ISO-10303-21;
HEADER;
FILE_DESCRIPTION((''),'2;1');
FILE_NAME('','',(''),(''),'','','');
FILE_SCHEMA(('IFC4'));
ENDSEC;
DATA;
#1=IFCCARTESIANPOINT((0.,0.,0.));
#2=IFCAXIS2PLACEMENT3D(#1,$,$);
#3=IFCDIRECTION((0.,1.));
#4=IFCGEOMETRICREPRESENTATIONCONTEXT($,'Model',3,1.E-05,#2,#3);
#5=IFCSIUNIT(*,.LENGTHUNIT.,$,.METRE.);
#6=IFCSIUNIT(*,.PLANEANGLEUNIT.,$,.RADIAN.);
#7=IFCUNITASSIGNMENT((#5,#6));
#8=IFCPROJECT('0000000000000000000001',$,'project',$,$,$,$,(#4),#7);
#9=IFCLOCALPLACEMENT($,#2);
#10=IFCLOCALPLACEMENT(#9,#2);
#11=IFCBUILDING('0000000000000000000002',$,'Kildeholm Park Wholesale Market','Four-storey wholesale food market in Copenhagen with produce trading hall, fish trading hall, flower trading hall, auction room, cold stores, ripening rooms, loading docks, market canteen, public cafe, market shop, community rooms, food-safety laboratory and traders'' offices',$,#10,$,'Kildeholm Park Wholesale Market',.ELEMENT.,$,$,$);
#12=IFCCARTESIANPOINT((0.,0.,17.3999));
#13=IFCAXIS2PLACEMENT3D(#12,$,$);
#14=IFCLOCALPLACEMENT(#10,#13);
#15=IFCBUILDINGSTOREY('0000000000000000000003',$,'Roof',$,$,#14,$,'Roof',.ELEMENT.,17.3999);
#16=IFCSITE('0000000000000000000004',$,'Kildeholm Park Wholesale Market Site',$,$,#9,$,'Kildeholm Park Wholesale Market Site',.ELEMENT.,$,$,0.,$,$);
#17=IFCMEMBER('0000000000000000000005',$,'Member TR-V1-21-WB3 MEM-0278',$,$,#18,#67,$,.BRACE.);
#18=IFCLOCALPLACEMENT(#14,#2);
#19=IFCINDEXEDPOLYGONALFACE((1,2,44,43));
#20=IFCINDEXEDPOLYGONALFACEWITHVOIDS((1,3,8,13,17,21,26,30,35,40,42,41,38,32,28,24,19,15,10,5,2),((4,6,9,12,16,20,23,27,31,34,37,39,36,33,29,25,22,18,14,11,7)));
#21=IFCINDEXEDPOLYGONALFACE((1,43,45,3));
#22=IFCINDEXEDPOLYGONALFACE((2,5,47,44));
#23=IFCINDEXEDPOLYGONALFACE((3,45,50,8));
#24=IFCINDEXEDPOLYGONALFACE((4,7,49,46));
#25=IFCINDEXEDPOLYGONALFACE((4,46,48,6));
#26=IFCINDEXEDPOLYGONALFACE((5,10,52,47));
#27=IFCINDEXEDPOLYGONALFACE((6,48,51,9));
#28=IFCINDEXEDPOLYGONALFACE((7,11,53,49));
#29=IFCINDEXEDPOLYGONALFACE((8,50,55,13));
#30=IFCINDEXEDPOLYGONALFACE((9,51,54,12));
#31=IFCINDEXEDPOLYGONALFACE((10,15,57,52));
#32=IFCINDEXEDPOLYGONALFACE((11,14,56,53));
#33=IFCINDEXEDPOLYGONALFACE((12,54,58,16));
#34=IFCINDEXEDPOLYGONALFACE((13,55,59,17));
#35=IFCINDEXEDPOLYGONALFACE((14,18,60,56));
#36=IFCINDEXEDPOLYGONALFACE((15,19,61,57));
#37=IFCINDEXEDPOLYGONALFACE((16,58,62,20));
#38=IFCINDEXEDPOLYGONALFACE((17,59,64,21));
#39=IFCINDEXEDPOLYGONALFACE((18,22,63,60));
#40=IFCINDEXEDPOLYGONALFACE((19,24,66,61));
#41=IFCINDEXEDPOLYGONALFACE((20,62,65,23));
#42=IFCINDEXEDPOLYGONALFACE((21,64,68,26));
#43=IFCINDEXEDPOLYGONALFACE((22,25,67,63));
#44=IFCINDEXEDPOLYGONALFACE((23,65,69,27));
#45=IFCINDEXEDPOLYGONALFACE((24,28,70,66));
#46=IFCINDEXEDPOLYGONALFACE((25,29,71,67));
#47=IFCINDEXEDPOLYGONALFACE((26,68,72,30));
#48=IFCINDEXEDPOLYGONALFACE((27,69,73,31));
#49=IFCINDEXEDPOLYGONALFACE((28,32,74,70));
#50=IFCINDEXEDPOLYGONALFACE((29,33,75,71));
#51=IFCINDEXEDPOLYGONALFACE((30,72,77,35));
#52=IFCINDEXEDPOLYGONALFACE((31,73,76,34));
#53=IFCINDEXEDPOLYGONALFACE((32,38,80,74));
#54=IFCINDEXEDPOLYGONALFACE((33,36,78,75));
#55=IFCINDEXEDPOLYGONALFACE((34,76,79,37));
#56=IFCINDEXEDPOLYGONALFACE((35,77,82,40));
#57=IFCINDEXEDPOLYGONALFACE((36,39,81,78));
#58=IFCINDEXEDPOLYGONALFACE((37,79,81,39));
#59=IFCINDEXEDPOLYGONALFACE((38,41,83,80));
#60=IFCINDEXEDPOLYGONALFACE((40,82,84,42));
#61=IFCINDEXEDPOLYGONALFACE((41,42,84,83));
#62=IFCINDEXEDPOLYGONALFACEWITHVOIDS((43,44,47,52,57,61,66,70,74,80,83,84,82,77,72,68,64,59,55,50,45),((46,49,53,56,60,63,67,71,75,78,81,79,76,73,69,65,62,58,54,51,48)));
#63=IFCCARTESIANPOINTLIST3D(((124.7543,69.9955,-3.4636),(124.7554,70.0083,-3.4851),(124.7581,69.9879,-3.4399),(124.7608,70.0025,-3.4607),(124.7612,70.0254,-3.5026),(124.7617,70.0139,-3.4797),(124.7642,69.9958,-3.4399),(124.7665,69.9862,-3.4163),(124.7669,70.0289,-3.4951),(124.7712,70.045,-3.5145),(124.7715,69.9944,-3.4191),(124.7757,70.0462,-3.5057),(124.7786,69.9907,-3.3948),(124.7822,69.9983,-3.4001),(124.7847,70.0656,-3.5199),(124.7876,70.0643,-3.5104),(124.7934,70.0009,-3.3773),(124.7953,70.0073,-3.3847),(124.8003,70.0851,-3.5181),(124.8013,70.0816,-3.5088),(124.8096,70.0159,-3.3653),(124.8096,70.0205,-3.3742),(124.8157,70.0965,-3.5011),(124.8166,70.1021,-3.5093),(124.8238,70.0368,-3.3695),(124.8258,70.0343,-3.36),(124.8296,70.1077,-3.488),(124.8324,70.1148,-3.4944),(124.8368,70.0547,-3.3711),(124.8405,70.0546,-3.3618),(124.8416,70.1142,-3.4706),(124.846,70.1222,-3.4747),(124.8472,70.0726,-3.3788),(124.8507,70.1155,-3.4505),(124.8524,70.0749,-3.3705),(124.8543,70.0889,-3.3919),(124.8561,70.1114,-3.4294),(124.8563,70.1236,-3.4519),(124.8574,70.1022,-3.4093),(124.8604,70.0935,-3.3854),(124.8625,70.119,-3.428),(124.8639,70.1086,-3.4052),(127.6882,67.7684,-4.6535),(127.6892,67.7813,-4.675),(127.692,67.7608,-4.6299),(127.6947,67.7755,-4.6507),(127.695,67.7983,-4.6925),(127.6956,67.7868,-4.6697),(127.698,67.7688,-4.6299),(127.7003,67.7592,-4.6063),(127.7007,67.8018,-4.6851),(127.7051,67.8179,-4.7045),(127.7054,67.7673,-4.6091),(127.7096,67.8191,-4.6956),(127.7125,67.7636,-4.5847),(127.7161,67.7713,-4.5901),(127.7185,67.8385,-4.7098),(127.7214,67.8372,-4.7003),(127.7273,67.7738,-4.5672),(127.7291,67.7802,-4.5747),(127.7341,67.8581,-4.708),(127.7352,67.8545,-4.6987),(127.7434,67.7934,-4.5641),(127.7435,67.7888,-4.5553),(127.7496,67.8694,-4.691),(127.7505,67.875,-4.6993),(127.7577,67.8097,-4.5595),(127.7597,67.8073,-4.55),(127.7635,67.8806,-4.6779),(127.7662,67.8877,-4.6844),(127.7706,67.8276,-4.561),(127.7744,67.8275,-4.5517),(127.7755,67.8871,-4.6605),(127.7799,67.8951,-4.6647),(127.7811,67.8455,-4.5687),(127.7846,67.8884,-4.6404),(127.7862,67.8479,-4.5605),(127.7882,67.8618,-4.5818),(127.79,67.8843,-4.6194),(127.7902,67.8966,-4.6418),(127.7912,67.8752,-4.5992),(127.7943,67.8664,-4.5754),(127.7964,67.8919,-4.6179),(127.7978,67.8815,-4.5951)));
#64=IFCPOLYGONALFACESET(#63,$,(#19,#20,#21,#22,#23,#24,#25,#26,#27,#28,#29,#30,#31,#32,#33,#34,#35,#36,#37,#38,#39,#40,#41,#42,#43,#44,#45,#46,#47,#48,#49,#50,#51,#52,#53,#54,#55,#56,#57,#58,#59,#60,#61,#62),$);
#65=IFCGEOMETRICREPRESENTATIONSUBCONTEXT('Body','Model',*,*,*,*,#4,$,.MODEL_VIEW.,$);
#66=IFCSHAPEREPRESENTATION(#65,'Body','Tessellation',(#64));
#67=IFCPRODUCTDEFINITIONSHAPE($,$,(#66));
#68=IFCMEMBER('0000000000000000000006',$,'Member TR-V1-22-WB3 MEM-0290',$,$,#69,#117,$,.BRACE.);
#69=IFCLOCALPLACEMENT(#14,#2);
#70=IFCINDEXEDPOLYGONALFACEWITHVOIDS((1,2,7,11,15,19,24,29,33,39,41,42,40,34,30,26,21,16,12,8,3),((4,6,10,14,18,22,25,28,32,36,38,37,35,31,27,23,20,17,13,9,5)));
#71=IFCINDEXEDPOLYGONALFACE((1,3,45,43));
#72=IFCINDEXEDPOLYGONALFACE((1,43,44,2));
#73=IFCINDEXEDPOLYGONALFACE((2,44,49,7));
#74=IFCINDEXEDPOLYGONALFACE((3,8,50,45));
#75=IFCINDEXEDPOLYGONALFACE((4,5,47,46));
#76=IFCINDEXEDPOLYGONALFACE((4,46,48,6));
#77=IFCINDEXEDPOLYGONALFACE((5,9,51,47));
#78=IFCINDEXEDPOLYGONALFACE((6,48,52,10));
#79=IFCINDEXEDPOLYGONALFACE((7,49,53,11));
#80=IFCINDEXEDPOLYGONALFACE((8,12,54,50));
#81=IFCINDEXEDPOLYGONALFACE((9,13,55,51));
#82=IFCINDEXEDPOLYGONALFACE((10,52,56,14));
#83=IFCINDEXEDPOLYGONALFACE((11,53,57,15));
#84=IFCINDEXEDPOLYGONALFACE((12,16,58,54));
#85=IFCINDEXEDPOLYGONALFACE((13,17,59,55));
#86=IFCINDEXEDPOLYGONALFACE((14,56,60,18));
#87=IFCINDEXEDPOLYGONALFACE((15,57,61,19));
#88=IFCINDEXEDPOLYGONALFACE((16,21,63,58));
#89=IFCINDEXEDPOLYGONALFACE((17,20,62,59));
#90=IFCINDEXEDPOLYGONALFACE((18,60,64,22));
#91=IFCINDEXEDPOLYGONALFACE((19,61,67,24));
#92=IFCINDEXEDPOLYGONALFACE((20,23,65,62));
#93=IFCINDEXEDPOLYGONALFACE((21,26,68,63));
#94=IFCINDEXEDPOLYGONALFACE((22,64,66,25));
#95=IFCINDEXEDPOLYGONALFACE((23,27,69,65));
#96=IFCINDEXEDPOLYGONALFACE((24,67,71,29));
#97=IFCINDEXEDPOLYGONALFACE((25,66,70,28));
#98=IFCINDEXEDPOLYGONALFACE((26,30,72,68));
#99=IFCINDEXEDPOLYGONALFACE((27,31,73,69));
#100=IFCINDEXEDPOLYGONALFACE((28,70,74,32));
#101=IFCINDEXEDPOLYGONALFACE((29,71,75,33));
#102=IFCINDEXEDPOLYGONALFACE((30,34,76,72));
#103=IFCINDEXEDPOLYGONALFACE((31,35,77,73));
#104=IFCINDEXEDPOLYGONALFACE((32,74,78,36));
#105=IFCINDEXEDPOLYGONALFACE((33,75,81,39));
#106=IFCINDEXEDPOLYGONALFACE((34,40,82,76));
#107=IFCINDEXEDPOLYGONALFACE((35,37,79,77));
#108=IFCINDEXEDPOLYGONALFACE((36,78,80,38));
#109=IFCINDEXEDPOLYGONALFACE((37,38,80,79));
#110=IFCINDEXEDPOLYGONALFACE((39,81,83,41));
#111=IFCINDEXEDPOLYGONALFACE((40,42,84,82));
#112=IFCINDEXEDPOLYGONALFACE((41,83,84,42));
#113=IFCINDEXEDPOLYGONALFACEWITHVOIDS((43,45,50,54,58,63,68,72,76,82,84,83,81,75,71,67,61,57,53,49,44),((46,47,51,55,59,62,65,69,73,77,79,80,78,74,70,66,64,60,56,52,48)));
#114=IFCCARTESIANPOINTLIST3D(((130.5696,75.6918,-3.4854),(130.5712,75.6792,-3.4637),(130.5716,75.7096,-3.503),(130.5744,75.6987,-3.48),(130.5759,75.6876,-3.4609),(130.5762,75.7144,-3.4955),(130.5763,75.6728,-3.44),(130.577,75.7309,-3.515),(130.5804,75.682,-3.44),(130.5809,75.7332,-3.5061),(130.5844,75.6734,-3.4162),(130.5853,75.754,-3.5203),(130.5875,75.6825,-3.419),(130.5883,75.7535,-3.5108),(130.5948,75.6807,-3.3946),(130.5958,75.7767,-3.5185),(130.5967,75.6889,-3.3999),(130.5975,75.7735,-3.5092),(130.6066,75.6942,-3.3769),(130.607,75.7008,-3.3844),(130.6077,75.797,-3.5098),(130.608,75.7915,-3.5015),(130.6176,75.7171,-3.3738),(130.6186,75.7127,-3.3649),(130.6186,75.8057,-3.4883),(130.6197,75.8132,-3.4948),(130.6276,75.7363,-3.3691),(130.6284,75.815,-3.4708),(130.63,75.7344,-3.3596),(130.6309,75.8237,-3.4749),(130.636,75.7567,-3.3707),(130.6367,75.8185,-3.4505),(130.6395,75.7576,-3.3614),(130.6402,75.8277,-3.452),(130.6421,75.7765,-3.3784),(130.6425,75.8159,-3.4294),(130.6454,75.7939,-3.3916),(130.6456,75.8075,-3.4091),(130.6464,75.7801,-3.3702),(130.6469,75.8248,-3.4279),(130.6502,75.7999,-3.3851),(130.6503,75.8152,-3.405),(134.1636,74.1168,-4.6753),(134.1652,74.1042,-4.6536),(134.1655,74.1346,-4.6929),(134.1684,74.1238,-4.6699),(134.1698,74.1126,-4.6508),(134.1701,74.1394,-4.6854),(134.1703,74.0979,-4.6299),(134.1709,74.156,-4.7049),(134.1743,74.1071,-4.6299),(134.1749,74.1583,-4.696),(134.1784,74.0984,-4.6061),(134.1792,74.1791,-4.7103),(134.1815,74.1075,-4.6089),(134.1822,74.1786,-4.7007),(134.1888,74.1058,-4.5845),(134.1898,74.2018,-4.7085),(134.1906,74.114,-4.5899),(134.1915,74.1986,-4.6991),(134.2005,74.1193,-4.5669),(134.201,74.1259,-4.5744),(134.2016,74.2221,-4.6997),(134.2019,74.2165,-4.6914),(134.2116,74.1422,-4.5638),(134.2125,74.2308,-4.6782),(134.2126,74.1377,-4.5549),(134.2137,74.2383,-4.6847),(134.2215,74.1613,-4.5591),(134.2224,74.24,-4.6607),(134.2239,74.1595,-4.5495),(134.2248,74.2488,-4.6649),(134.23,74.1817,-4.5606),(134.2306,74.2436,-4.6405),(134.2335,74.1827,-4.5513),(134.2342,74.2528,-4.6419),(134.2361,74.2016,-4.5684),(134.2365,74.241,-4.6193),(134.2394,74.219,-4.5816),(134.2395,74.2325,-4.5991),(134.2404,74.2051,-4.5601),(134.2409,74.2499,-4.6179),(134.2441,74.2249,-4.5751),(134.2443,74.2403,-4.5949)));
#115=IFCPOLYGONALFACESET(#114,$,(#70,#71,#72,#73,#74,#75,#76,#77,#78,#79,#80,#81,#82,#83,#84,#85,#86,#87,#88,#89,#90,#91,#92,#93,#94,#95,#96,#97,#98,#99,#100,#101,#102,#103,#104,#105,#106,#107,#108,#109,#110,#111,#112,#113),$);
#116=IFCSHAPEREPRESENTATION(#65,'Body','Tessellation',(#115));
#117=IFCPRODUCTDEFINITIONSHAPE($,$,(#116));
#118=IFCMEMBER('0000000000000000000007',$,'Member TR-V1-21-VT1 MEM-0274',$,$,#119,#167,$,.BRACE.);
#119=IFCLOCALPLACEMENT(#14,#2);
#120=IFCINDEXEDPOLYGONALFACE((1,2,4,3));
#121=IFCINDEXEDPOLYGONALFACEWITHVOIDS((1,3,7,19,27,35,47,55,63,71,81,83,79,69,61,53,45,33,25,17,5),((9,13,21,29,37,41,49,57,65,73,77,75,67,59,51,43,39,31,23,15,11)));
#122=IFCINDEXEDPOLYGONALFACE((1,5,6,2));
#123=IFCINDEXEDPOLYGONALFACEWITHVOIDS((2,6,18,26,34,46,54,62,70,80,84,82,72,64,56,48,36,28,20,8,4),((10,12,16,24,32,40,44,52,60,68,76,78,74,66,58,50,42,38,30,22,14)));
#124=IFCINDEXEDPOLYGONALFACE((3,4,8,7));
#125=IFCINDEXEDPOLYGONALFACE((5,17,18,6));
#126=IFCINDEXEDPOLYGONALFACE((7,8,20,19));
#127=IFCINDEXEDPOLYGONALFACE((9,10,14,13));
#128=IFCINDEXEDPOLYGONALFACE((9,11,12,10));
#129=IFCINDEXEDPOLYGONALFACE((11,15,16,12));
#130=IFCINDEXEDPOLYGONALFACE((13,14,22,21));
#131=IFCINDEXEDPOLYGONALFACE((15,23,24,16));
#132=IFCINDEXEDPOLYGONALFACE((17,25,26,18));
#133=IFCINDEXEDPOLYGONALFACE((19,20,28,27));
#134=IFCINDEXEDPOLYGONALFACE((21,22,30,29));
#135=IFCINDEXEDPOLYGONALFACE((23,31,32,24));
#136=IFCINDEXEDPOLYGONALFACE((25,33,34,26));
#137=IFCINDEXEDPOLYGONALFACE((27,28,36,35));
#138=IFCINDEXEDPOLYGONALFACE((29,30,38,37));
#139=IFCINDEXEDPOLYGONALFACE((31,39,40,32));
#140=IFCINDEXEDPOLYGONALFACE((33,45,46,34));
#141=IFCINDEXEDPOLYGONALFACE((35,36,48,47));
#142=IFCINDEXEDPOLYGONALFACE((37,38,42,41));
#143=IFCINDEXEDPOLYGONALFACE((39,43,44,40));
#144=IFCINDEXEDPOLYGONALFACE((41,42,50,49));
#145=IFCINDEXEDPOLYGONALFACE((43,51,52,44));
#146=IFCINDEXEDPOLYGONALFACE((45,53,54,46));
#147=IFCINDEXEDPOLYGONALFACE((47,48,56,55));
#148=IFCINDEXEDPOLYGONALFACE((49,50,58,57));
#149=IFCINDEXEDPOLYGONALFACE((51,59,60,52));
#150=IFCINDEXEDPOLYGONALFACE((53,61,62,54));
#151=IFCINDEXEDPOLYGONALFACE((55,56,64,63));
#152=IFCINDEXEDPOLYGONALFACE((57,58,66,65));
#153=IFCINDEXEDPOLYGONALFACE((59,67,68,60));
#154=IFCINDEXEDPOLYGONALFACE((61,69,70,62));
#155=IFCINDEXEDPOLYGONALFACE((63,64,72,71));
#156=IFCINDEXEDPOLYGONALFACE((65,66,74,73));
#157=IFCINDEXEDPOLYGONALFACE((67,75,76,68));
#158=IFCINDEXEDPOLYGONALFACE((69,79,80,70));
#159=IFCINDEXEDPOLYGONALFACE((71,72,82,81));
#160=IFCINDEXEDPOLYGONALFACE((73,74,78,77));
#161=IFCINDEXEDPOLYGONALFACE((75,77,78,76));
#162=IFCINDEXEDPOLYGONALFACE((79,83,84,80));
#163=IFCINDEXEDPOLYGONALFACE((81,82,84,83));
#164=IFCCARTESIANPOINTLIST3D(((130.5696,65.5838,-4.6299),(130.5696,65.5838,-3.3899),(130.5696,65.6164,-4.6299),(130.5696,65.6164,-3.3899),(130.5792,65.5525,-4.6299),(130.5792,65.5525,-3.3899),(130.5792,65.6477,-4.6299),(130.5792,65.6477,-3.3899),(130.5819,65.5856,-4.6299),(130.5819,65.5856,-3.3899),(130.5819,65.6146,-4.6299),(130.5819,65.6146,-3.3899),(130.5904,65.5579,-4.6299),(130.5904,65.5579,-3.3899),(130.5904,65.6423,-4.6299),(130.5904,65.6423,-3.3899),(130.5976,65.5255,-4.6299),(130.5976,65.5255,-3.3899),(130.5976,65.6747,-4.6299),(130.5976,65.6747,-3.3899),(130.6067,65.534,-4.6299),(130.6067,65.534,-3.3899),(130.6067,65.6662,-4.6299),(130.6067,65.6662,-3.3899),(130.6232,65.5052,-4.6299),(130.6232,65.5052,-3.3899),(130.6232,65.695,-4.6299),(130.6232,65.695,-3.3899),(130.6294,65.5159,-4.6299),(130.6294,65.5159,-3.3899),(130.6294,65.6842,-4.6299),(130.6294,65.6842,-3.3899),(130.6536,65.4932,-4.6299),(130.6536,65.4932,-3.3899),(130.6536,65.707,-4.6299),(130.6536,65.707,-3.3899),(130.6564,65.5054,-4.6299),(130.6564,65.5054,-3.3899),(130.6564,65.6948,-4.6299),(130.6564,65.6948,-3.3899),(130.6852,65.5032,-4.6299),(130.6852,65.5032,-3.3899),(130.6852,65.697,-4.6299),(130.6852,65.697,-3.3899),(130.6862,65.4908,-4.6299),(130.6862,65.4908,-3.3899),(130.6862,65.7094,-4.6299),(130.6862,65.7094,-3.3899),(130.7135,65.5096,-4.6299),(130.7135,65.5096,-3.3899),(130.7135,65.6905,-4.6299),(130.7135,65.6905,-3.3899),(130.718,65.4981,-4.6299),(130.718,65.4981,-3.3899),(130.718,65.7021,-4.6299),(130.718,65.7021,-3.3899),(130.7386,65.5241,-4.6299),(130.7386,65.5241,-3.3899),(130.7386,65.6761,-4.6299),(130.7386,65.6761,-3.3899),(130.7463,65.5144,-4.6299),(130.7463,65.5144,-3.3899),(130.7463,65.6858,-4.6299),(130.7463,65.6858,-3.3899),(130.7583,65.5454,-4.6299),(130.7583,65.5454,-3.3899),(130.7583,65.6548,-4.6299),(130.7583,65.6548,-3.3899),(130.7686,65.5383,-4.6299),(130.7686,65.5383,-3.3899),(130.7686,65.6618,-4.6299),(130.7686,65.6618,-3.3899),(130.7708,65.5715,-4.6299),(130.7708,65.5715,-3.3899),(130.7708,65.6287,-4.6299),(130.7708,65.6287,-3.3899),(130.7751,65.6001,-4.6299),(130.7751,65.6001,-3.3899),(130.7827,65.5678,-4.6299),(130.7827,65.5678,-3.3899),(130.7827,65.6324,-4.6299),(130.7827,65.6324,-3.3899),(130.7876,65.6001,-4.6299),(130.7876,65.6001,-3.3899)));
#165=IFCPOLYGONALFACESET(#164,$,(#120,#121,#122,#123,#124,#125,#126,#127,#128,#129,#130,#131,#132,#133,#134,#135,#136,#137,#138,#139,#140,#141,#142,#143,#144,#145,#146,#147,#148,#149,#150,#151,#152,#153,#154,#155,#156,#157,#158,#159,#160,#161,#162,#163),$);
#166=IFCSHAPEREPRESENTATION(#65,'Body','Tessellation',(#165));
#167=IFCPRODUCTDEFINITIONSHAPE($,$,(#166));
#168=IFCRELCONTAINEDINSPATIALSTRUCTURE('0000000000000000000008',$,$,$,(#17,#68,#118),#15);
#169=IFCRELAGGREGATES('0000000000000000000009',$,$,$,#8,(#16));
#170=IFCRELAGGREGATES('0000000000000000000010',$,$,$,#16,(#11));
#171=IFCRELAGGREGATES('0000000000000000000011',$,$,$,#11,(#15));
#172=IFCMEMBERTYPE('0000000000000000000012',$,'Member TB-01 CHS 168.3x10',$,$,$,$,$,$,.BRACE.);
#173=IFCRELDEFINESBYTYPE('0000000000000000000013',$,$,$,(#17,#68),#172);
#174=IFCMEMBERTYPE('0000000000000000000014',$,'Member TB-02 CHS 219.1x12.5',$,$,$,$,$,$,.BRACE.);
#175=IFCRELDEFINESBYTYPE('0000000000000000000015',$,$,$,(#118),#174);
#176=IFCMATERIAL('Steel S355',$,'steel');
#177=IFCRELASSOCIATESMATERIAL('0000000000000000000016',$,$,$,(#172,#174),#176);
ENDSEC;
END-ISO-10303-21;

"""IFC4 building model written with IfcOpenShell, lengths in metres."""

from ifc_helpers import new_model, si_unit, direction, frame, origin, origin_2d, place, context, subcontext, project, spatial, hollow_circle, extrude, material, material_profile, profile_set, type_object, element, save


model = new_model("IFC4")

# Units and contexts
model_context = context("Model", 3, precision=1e-05, world=origin(), true_north=direction((0.0, 1.0)))
body_context = subcontext(model_context, "Body", "Model", "MODEL_VIEW")
ifc_project = project(units=[si_unit("LENGTHUNIT", "METRE"), si_unit("PLANEANGLEUNIT", "RADIAN")], contexts=[model_context])

# Site, building, storey
site_placement = place(None, origin())
site = spatial("IfcSite", under=ifc_project, at=site_placement, Name="Kildeholm Park Wholesale Market Site", LongName="Kildeholm Park Wholesale Market Site", CompositionType="ELEMENT", RefElevation=0.0)
building_placement = place(site_placement, origin())
building = spatial("IfcBuilding", under=site, at=building_placement, Name="Kildeholm Park Wholesale Market", Description="Four-storey wholesale food market in Copenhagen with produce trading hall, fish trading hall, flower trading hall, auction room, cold stores, ripening rooms, loading docks, market canteen, public cafe, market shop, community rooms, food-safety laboratory and traders' offices", LongName="Kildeholm Park Wholesale Market", CompositionType="ELEMENT")
storey_placement = place(building_placement, frame((0.0, 0.0, 17.3999)))
storey = spatial("IfcBuildingStorey", under=building, at=storey_placement, Name="Roof", LongName="Roof", CompositionType="ELEMENT", Elevation=17.3999)

# Members
ifc_material_1 = material(Name="Steel S355", Category="steel")
ifc_material_profile_1 = material_profile(ifc_material_1, hollow_circle(Radius=0.0842, WallThickness=0.01, at=origin_2d()), Name="CHS 168.3x10")
ifc_profile_set_1 = profile_set([ifc_material_profile_1], Name="Steel S355")
member_type_1 = type_object("IfcMemberType", Name="Member TB-01 CHS 168.3x10", PredefinedType="BRACE", material=ifc_profile_set_1)
member_1_placement = place(storey_placement, frame((127.7429, 67.8279, -4.6299), z_axis=(-0.75794, 0.575346, 0.307415), x_axis=(-0.604624, -0.796511, 0.0)))
element("IfcMember", 1, at=member_1_placement, inside=storey, type_object=member_type_1, Name="Member TR-V1-21-WB3 MEM-0278", PredefinedType="BRACE", context=body_context, shape_type="SweptSolid", body=[
    extrude(hollow_circle(Radius=0.0842, WallThickness=0.01, at=origin_2d()), origin(), (0.0, 0.0, 1.0), 3.8708),
])
member_2_placement = place(storey_placement, frame((134.2041, 74.175, -4.6299), z_axis=(-0.8765, 0.384098, 0.290202), x_axis=(-0.40137, -0.915916, 0.0)))
element("IfcMember", 2, at=member_2_placement, inside=storey, type_object=member_type_1, Name="Member TR-V1-22-WB3 MEM-0290", PredefinedType="BRACE", context=body_context, shape_type="SweptSolid", body=[
    extrude(hollow_circle(Radius=0.0842, WallThickness=0.01, at=origin_2d()), origin(), (0.0, 0.0, 1.0), 4.1003),
])
ifc_material_profile_2 = material_profile(ifc_material_1, hollow_circle(Radius=0.1096, WallThickness=0.0125, at=origin_2d()), Name="CHS 219.1x12.5")
ifc_profile_set_2 = profile_set([ifc_material_profile_2], Name="Steel S355")
member_type_2 = type_object("IfcMemberType", Name="Member TB-02 CHS 219.1x12.5", PredefinedType="BRACE", material=ifc_profile_set_2)
member_3_placement = place(storey_placement, frame((130.678, 65.6001, -4.6299), z_axis=(0.0, 0.0, 1.0), x_axis=(1.0, 0.0, 0.0)))
element("IfcMember", 3, at=member_3_placement, inside=storey, type_object=member_type_2, Name="Member TR-V1-21-VT1 MEM-0274", PredefinedType="BRACE", context=body_context, shape_type="SweptSolid", body=[
    extrude(hollow_circle(Radius=0.1096, WallThickness=0.0125, at=origin_2d()), origin(), (0.0, 0.0, 1.0), 1.24),
])

save(model, "model.ifc")
